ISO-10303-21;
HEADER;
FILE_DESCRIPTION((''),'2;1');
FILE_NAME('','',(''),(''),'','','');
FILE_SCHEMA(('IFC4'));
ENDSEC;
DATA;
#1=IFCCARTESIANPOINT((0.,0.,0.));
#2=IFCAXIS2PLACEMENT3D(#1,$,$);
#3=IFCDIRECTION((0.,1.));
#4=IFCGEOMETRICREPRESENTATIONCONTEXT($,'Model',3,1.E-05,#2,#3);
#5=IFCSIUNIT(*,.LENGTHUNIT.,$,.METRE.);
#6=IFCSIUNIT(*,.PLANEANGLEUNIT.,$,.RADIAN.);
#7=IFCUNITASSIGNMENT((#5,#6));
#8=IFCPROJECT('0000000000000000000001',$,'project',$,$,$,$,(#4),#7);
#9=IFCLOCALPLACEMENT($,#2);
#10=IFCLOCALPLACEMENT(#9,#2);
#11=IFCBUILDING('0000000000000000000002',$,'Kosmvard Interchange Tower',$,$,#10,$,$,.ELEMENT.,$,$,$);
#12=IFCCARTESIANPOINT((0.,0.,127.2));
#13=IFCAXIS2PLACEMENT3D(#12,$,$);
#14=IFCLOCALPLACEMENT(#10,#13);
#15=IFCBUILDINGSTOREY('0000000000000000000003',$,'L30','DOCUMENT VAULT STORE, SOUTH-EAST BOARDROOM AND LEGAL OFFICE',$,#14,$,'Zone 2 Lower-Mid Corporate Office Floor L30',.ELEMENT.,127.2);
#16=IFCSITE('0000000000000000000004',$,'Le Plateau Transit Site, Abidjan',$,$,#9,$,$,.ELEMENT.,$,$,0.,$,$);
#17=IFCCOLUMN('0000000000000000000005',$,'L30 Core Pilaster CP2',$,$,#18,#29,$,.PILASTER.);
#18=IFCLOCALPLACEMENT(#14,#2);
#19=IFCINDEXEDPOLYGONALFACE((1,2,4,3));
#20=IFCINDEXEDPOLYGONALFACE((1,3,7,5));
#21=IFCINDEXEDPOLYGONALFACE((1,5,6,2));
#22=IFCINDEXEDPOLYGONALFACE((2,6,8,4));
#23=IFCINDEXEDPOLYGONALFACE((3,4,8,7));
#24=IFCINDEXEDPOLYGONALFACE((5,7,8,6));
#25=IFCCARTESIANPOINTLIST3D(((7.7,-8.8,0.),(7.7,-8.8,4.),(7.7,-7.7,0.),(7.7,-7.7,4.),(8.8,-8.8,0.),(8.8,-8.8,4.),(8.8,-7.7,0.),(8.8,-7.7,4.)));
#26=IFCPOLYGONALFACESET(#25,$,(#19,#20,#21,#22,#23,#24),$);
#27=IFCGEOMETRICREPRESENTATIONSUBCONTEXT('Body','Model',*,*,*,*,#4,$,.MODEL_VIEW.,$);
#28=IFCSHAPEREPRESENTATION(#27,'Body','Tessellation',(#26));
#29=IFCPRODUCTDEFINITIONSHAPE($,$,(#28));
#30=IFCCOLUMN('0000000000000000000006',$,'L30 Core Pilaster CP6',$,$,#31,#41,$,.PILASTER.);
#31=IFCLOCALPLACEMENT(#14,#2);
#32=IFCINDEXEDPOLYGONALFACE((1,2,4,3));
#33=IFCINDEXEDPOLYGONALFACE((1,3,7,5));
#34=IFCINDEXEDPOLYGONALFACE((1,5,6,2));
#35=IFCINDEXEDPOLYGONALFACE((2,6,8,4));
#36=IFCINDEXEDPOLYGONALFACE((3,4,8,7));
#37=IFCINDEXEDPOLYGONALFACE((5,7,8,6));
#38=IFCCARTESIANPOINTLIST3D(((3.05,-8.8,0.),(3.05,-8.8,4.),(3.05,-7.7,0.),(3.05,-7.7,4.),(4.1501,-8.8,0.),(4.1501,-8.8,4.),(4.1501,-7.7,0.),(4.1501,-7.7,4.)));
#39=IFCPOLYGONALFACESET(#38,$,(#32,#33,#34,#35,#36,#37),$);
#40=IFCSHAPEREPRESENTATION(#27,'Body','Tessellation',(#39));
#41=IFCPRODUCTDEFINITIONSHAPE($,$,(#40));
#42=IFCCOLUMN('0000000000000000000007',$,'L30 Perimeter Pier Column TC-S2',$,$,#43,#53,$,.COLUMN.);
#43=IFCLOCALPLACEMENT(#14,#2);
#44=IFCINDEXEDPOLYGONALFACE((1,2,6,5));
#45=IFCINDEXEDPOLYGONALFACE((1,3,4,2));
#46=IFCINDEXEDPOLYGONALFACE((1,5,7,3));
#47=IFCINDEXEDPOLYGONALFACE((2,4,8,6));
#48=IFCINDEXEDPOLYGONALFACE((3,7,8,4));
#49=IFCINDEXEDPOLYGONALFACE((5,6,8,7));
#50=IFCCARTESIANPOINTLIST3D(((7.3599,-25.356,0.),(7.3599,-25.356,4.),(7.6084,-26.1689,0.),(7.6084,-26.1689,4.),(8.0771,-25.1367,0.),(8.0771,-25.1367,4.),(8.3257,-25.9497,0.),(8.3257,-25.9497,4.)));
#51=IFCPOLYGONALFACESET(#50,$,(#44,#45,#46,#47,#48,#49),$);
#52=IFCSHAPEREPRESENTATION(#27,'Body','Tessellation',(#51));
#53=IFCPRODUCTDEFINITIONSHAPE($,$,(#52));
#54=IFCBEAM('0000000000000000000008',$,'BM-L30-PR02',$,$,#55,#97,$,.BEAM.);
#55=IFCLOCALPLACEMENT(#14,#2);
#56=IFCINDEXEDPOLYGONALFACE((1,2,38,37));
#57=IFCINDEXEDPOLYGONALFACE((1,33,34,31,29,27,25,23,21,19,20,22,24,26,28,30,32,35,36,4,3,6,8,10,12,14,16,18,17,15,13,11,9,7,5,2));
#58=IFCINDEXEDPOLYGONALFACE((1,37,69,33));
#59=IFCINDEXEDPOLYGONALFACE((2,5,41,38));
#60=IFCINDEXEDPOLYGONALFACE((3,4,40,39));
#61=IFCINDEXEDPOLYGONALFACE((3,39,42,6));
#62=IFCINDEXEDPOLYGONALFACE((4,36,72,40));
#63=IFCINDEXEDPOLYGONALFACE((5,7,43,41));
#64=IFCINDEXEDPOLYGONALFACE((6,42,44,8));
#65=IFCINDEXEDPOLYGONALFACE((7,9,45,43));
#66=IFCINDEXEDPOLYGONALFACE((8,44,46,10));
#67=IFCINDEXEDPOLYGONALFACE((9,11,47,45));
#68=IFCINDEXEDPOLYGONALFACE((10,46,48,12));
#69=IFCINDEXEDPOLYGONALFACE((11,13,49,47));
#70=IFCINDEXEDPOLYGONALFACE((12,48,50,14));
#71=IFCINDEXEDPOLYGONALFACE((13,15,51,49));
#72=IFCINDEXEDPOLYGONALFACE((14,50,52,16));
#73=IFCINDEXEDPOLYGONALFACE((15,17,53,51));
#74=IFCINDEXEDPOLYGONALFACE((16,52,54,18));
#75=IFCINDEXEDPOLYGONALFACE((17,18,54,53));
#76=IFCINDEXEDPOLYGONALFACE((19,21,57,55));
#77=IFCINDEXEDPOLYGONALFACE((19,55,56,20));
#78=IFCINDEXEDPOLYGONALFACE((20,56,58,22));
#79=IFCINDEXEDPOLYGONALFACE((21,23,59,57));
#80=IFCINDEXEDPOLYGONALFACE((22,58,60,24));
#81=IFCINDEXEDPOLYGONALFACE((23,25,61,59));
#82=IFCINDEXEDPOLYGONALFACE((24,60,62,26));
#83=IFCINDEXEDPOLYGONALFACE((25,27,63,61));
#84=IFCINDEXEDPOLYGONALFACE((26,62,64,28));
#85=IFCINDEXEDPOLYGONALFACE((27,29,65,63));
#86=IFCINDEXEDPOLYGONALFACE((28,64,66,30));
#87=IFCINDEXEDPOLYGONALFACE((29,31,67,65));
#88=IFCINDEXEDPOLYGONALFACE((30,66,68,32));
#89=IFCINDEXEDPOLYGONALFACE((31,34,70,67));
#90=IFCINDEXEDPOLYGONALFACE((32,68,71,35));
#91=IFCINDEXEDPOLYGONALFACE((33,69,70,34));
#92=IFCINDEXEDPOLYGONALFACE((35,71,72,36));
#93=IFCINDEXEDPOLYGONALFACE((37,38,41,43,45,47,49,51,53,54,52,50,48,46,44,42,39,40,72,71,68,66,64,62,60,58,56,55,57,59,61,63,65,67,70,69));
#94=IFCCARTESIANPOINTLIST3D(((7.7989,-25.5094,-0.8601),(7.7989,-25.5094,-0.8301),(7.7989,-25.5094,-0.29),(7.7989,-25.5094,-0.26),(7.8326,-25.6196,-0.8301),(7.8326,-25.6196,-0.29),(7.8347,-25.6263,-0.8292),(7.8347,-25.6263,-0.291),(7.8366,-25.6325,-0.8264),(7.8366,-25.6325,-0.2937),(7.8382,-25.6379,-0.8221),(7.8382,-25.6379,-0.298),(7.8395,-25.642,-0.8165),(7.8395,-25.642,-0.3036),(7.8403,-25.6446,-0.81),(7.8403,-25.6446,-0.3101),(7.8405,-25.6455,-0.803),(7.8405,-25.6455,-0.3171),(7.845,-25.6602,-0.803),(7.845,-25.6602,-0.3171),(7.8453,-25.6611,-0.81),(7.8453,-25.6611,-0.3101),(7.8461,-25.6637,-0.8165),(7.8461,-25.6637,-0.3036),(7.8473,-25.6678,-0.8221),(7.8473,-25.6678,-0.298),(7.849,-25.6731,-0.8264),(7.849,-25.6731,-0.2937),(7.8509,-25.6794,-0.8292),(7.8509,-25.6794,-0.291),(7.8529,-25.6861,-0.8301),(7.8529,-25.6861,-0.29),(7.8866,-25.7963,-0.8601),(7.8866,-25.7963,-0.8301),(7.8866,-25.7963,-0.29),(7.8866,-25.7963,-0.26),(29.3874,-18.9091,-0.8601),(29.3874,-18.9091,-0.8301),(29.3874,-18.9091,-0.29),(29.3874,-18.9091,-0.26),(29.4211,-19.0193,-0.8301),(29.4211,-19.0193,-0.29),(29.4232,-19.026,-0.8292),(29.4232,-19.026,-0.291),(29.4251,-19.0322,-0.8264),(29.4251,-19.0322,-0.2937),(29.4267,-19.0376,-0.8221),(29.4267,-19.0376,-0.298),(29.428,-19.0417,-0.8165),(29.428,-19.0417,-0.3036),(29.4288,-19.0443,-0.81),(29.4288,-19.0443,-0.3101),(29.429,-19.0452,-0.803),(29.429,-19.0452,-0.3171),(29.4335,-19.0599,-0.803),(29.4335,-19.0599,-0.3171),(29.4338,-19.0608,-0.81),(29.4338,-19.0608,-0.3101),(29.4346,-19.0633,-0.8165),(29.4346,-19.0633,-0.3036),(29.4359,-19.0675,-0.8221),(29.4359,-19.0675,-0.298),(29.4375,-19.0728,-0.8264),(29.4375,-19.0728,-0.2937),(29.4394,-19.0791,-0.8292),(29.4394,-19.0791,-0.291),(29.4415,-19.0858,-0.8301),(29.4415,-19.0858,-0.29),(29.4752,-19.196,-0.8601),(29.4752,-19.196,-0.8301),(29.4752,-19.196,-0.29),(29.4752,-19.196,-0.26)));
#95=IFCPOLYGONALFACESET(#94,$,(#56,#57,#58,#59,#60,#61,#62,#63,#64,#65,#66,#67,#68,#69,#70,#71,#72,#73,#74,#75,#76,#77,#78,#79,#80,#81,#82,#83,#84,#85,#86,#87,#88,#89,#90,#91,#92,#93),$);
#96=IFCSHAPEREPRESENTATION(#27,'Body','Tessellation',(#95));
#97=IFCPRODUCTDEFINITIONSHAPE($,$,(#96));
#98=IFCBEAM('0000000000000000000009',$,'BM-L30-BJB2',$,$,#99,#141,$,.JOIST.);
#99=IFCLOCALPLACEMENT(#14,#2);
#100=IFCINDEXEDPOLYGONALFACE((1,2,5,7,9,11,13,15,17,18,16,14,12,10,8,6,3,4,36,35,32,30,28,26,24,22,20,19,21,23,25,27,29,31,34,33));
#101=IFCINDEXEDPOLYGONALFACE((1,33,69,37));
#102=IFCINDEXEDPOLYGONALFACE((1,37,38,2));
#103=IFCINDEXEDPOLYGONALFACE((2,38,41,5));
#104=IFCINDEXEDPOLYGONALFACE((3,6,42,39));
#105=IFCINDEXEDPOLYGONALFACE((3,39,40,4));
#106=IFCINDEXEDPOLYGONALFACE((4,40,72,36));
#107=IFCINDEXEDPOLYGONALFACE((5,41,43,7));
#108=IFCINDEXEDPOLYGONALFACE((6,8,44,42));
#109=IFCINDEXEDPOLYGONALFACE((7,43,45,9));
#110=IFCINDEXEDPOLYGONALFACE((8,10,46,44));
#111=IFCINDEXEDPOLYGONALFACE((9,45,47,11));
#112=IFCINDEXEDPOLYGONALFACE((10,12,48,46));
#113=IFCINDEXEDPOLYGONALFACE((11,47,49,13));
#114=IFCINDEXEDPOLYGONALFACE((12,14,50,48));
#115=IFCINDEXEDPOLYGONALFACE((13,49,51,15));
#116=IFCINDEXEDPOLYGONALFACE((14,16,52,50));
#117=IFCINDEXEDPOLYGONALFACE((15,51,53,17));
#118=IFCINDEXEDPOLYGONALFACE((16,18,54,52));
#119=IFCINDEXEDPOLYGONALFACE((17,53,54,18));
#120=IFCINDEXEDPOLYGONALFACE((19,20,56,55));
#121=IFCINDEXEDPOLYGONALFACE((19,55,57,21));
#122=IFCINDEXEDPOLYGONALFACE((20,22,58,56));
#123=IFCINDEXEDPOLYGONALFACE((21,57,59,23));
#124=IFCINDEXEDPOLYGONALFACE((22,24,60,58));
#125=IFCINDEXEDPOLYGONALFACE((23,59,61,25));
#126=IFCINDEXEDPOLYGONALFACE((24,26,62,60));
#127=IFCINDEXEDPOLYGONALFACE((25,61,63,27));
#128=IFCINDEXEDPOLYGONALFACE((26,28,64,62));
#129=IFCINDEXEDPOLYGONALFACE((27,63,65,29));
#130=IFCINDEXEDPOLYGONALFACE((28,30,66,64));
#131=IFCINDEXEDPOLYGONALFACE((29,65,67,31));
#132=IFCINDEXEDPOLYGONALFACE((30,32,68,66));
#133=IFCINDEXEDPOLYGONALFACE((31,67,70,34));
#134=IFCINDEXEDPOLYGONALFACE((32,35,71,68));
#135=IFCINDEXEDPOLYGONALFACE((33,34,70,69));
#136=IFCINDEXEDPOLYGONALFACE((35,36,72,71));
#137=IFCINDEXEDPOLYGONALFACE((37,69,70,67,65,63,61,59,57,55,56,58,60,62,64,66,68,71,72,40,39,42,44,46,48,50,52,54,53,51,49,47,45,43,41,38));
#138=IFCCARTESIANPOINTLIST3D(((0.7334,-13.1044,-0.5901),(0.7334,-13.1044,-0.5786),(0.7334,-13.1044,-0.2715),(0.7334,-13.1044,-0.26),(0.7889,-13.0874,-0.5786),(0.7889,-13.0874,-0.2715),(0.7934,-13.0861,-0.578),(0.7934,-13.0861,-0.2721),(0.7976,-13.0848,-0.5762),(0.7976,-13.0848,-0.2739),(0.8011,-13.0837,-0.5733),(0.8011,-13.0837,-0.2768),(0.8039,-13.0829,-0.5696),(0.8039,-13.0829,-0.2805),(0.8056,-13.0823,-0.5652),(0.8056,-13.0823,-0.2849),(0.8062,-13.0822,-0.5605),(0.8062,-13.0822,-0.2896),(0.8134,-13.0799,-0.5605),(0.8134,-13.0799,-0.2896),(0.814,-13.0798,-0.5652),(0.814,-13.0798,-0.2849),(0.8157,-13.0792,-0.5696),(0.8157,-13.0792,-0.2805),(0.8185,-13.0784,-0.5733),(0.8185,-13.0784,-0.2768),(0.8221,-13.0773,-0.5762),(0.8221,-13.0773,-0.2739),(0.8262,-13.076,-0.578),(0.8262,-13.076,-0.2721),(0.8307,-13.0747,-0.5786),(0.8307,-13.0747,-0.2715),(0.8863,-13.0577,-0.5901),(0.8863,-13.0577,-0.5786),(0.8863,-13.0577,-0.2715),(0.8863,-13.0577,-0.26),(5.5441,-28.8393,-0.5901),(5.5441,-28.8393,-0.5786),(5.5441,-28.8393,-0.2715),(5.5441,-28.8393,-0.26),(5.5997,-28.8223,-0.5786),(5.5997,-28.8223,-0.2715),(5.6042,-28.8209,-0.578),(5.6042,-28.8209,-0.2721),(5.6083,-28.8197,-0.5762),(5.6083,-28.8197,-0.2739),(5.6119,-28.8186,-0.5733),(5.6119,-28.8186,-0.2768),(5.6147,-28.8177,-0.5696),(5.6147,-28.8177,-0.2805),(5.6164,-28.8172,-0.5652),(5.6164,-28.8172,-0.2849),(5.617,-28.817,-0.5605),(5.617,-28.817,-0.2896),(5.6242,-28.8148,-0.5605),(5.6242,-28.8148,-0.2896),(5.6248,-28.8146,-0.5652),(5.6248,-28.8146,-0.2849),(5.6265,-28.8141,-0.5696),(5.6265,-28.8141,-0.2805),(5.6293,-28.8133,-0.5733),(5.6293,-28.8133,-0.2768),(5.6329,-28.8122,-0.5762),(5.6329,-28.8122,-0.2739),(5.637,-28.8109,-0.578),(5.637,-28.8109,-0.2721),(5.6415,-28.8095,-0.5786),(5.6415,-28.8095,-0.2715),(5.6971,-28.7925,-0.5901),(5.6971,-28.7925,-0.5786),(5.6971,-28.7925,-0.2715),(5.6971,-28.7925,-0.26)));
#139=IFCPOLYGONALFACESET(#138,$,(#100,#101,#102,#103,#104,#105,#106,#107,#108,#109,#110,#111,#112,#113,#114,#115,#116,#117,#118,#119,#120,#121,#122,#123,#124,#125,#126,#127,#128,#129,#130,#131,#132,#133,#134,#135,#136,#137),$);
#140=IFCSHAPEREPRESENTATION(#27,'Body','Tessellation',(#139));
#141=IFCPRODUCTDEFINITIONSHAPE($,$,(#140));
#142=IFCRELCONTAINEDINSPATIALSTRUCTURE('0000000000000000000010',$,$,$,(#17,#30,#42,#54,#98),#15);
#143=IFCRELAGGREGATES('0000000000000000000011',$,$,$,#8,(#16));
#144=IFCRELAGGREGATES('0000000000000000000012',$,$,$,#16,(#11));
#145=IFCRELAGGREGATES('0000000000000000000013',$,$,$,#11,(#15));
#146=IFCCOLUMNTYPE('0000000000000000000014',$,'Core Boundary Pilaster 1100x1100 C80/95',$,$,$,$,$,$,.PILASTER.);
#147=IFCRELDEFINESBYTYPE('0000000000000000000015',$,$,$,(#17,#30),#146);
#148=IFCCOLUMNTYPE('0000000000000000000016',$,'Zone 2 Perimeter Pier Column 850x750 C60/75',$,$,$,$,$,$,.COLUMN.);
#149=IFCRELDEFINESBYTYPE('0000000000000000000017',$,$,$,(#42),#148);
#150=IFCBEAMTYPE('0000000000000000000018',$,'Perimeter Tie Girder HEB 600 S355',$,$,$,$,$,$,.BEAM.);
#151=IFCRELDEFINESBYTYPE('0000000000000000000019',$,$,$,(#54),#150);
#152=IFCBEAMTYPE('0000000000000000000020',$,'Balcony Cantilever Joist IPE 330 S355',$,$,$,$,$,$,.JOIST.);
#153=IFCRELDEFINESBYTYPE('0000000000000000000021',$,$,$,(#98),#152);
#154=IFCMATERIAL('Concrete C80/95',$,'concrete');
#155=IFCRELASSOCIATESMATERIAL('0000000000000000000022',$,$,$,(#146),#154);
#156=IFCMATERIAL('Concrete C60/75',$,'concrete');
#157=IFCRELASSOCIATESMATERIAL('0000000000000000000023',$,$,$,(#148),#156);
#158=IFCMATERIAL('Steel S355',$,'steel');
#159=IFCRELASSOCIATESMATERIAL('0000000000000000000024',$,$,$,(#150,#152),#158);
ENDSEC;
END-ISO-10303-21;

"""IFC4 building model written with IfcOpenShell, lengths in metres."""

from ifc_helpers import new_model, si_unit, direction, frame, origin, origin_2d, place, context, subcontext, project, spatial, rectangle, i_section, extrude, source, transform, mapped, material, material_profile, profile_set, type_object, element, save


model = new_model("IFC4")

# Units and contexts
model_context = context("Model", 3, precision=1e-05, world=origin(), true_north=direction((0.0, 1.0)))
body_context = subcontext(model_context, "Body", "Model", "MODEL_VIEW")
ifc_project = project(units=[si_unit("LENGTHUNIT", "METRE"), si_unit("PLANEANGLEUNIT", "RADIAN")], contexts=[model_context])

# Site, building, storey
site_placement = place(None, origin())
site = spatial("IfcSite", under=ifc_project, at=site_placement, Name="Le Plateau Transit Site, Abidjan", CompositionType="ELEMENT", RefElevation=0.0)
building_placement = place(site_placement, origin())
building = spatial("IfcBuilding", under=site, at=building_placement, Name="Kosmvard Interchange Tower", CompositionType="ELEMENT")
storey_placement = place(building_placement, frame((0.0, 0.0, 127.2)))
storey = spatial("IfcBuildingStorey", under=building, at=storey_placement, Name="L30", Description="DOCUMENT VAULT STORE, SOUTH-EAST BOARDROOM AND LEGAL OFFICE", LongName="Zone 2 Lower-Mid Corporate Office Floor L30", CompositionType="ELEMENT", Elevation=127.2)

# Columns
ifc_material_1 = material(Name="Concrete C80/95", Category="concrete")
ifc_material_profile_1 = material_profile(ifc_material_1, rectangle(XDim=1.1001, YDim=1.1001, at=origin_2d()), Name="CP 1100x1100")
ifc_profile_set_1 = profile_set([ifc_material_profile_1], Name="Concrete C80/95")
column_type_1 = type_object("IfcColumnType", Name="Core Boundary Pilaster 1100x1100 C80/95", PredefinedType="PILASTER", material=ifc_profile_set_1)
shared_shape_1 = source(origin(), body_context, "Body", "SweptSolid", [
    extrude(rectangle(XDim=1.1001, YDim=1.1001, at=origin_2d()), origin(), (0.0, 0.0, 1.0), 4.0),
])
for number, where, z_axis, x_axis, name in (
    (1, (8.25, -8.25, 0.0), (0.0, 0.0, 1.0), (1.0, 0.0, 0.0), "L30 Core Pilaster CP2"),
    (2, (3.6001, -8.25, 0.0), (0.0, 0.0, 1.0), (1.0, 0.0, 0.0), "L30 Core Pilaster CP6"),
):
    element("IfcColumn", number, at=place(storey_placement, frame(where, z_axis=z_axis, x_axis=x_axis)), inside=storey, type_object=column_type_1, Name=name, PredefinedType="PILASTER", context=body_context, shape_type="MappedRepresentation", body=[
        mapped(shared_shape_1, transform((0.0, 0.0, 0.0), scale=1.0)),
    ])
ifc_material_2 = material(Name="Concrete C60/75", Category="concrete")
ifc_material_profile_2 = material_profile(ifc_material_2, rectangle(XDim=0.75, YDim=0.8501, at=origin_2d()), Name="TC 850x750")
ifc_profile_set_2 = profile_set([ifc_material_profile_2], Name="Concrete C60/75")
column_type_2 = type_object("IfcColumnType", Name="Zone 2 Perimeter Pier Column 850x750 C60/75", PredefinedType="COLUMN", material=ifc_profile_set_2)
shared_shape_2 = source(origin(), body_context, "Body", "SweptSolid", [
    extrude(rectangle(XDim=0.75, YDim=0.8501, at=origin_2d()), origin(), (0.0, 0.0, 1.0), 4.0),
])
column_placement = place(storey_placement, frame((7.8428, -25.6528, 0.0), z_axis=(0.0, 0.0, 1.0), x_axis=(0.956305, 0.292372, 0.0)))
element("IfcColumn", 3, at=column_placement, inside=storey, type_object=column_type_2, Name="L30 Perimeter Pier Column TC-S2", PredefinedType="COLUMN", context=body_context, shape_type="MappedRepresentation", body=[
    mapped(shared_shape_2, transform((0.0, 0.0, 0.0), scale=1.0)),
])

# Beams
ifc_material_3 = material(Name="Steel S355", Category="steel")
ifc_material_profile_3 = material_profile(ifc_material_3, i_section(OverallWidth=0.3, OverallDepth=0.6001, WebThickness=0.0154, FlangeThickness=0.03, FilletRadius=0.0271, at=origin_2d()), Name="HEB 600")
ifc_profile_set_3 = profile_set([ifc_material_profile_3], Name="Steel S355")
beam_type_1 = type_object("IfcBeamType", Name="Perimeter Tie Girder HEB 600 S355", PredefinedType="BEAM", material=ifc_profile_set_3)
shared_shape_3 = source(origin(), body_context, "Body", "SweptSolid", [
    extrude(i_section(OverallWidth=0.3, OverallDepth=0.6001, WebThickness=0.0154, FlangeThickness=0.03, FilletRadius=0.0271, at=origin_2d()), origin(), (0.0, 0.0, 1.0), 22.575),
])
beam_1_placement = place(storey_placement, frame((7.8428, -25.6528, -0.5601), z_axis=(0.956304, 0.292373, 0.0), x_axis=(-0.292373, 0.956304, 0.0)))
element("IfcBeam", 4, at=beam_1_placement, inside=storey, type_object=beam_type_1, Name="BM-L30-PR02", PredefinedType="BEAM", context=body_context, shape_type="MappedRepresentation", body=[
    mapped(shared_shape_3, transform((0.0, 0.0, 0.0), scale=1.0)),
])
ifc_material_profile_4 = material_profile(ifc_material_3, i_section(OverallWidth=0.1599, OverallDepth=0.3301, WebThickness=0.0076, FlangeThickness=0.0115, FilletRadius=0.0181, at=origin_2d()), Name="IPE 330")
ifc_profile_set_4 = profile_set([ifc_material_profile_4], Name="Steel S355")
beam_type_2 = type_object("IfcBeamType", Name="Balcony Cantilever Joist IPE 330 S355", PredefinedType="JOIST", material=ifc_profile_set_4)
shared_shape_4 = source(origin(), body_context, "Body", "SweptSolid", [
    extrude(i_section(OverallWidth=0.1599, OverallDepth=0.3301, WebThickness=0.0076, FlangeThickness=0.0115, FilletRadius=0.0181, at=origin_2d()), origin(), (0.0, 0.0, 1.0), 16.4539),
])
beam_2_placement = place(storey_placement, frame((0.8098, -13.0811, -0.425), z_axis=(0.292381, -0.956302, 0.0), x_axis=(0.956302, 0.292381, 0.0)))
element("IfcBeam", 5, at=beam_2_placement, inside=storey, type_object=beam_type_2, Name="BM-L30-BJB2", PredefinedType="JOIST", context=body_context, shape_type="MappedRepresentation", body=[
    mapped(shared_shape_4, transform((0.0, 0.0, 0.0), scale=1.0)),
])

save(model, "model.ifc")
